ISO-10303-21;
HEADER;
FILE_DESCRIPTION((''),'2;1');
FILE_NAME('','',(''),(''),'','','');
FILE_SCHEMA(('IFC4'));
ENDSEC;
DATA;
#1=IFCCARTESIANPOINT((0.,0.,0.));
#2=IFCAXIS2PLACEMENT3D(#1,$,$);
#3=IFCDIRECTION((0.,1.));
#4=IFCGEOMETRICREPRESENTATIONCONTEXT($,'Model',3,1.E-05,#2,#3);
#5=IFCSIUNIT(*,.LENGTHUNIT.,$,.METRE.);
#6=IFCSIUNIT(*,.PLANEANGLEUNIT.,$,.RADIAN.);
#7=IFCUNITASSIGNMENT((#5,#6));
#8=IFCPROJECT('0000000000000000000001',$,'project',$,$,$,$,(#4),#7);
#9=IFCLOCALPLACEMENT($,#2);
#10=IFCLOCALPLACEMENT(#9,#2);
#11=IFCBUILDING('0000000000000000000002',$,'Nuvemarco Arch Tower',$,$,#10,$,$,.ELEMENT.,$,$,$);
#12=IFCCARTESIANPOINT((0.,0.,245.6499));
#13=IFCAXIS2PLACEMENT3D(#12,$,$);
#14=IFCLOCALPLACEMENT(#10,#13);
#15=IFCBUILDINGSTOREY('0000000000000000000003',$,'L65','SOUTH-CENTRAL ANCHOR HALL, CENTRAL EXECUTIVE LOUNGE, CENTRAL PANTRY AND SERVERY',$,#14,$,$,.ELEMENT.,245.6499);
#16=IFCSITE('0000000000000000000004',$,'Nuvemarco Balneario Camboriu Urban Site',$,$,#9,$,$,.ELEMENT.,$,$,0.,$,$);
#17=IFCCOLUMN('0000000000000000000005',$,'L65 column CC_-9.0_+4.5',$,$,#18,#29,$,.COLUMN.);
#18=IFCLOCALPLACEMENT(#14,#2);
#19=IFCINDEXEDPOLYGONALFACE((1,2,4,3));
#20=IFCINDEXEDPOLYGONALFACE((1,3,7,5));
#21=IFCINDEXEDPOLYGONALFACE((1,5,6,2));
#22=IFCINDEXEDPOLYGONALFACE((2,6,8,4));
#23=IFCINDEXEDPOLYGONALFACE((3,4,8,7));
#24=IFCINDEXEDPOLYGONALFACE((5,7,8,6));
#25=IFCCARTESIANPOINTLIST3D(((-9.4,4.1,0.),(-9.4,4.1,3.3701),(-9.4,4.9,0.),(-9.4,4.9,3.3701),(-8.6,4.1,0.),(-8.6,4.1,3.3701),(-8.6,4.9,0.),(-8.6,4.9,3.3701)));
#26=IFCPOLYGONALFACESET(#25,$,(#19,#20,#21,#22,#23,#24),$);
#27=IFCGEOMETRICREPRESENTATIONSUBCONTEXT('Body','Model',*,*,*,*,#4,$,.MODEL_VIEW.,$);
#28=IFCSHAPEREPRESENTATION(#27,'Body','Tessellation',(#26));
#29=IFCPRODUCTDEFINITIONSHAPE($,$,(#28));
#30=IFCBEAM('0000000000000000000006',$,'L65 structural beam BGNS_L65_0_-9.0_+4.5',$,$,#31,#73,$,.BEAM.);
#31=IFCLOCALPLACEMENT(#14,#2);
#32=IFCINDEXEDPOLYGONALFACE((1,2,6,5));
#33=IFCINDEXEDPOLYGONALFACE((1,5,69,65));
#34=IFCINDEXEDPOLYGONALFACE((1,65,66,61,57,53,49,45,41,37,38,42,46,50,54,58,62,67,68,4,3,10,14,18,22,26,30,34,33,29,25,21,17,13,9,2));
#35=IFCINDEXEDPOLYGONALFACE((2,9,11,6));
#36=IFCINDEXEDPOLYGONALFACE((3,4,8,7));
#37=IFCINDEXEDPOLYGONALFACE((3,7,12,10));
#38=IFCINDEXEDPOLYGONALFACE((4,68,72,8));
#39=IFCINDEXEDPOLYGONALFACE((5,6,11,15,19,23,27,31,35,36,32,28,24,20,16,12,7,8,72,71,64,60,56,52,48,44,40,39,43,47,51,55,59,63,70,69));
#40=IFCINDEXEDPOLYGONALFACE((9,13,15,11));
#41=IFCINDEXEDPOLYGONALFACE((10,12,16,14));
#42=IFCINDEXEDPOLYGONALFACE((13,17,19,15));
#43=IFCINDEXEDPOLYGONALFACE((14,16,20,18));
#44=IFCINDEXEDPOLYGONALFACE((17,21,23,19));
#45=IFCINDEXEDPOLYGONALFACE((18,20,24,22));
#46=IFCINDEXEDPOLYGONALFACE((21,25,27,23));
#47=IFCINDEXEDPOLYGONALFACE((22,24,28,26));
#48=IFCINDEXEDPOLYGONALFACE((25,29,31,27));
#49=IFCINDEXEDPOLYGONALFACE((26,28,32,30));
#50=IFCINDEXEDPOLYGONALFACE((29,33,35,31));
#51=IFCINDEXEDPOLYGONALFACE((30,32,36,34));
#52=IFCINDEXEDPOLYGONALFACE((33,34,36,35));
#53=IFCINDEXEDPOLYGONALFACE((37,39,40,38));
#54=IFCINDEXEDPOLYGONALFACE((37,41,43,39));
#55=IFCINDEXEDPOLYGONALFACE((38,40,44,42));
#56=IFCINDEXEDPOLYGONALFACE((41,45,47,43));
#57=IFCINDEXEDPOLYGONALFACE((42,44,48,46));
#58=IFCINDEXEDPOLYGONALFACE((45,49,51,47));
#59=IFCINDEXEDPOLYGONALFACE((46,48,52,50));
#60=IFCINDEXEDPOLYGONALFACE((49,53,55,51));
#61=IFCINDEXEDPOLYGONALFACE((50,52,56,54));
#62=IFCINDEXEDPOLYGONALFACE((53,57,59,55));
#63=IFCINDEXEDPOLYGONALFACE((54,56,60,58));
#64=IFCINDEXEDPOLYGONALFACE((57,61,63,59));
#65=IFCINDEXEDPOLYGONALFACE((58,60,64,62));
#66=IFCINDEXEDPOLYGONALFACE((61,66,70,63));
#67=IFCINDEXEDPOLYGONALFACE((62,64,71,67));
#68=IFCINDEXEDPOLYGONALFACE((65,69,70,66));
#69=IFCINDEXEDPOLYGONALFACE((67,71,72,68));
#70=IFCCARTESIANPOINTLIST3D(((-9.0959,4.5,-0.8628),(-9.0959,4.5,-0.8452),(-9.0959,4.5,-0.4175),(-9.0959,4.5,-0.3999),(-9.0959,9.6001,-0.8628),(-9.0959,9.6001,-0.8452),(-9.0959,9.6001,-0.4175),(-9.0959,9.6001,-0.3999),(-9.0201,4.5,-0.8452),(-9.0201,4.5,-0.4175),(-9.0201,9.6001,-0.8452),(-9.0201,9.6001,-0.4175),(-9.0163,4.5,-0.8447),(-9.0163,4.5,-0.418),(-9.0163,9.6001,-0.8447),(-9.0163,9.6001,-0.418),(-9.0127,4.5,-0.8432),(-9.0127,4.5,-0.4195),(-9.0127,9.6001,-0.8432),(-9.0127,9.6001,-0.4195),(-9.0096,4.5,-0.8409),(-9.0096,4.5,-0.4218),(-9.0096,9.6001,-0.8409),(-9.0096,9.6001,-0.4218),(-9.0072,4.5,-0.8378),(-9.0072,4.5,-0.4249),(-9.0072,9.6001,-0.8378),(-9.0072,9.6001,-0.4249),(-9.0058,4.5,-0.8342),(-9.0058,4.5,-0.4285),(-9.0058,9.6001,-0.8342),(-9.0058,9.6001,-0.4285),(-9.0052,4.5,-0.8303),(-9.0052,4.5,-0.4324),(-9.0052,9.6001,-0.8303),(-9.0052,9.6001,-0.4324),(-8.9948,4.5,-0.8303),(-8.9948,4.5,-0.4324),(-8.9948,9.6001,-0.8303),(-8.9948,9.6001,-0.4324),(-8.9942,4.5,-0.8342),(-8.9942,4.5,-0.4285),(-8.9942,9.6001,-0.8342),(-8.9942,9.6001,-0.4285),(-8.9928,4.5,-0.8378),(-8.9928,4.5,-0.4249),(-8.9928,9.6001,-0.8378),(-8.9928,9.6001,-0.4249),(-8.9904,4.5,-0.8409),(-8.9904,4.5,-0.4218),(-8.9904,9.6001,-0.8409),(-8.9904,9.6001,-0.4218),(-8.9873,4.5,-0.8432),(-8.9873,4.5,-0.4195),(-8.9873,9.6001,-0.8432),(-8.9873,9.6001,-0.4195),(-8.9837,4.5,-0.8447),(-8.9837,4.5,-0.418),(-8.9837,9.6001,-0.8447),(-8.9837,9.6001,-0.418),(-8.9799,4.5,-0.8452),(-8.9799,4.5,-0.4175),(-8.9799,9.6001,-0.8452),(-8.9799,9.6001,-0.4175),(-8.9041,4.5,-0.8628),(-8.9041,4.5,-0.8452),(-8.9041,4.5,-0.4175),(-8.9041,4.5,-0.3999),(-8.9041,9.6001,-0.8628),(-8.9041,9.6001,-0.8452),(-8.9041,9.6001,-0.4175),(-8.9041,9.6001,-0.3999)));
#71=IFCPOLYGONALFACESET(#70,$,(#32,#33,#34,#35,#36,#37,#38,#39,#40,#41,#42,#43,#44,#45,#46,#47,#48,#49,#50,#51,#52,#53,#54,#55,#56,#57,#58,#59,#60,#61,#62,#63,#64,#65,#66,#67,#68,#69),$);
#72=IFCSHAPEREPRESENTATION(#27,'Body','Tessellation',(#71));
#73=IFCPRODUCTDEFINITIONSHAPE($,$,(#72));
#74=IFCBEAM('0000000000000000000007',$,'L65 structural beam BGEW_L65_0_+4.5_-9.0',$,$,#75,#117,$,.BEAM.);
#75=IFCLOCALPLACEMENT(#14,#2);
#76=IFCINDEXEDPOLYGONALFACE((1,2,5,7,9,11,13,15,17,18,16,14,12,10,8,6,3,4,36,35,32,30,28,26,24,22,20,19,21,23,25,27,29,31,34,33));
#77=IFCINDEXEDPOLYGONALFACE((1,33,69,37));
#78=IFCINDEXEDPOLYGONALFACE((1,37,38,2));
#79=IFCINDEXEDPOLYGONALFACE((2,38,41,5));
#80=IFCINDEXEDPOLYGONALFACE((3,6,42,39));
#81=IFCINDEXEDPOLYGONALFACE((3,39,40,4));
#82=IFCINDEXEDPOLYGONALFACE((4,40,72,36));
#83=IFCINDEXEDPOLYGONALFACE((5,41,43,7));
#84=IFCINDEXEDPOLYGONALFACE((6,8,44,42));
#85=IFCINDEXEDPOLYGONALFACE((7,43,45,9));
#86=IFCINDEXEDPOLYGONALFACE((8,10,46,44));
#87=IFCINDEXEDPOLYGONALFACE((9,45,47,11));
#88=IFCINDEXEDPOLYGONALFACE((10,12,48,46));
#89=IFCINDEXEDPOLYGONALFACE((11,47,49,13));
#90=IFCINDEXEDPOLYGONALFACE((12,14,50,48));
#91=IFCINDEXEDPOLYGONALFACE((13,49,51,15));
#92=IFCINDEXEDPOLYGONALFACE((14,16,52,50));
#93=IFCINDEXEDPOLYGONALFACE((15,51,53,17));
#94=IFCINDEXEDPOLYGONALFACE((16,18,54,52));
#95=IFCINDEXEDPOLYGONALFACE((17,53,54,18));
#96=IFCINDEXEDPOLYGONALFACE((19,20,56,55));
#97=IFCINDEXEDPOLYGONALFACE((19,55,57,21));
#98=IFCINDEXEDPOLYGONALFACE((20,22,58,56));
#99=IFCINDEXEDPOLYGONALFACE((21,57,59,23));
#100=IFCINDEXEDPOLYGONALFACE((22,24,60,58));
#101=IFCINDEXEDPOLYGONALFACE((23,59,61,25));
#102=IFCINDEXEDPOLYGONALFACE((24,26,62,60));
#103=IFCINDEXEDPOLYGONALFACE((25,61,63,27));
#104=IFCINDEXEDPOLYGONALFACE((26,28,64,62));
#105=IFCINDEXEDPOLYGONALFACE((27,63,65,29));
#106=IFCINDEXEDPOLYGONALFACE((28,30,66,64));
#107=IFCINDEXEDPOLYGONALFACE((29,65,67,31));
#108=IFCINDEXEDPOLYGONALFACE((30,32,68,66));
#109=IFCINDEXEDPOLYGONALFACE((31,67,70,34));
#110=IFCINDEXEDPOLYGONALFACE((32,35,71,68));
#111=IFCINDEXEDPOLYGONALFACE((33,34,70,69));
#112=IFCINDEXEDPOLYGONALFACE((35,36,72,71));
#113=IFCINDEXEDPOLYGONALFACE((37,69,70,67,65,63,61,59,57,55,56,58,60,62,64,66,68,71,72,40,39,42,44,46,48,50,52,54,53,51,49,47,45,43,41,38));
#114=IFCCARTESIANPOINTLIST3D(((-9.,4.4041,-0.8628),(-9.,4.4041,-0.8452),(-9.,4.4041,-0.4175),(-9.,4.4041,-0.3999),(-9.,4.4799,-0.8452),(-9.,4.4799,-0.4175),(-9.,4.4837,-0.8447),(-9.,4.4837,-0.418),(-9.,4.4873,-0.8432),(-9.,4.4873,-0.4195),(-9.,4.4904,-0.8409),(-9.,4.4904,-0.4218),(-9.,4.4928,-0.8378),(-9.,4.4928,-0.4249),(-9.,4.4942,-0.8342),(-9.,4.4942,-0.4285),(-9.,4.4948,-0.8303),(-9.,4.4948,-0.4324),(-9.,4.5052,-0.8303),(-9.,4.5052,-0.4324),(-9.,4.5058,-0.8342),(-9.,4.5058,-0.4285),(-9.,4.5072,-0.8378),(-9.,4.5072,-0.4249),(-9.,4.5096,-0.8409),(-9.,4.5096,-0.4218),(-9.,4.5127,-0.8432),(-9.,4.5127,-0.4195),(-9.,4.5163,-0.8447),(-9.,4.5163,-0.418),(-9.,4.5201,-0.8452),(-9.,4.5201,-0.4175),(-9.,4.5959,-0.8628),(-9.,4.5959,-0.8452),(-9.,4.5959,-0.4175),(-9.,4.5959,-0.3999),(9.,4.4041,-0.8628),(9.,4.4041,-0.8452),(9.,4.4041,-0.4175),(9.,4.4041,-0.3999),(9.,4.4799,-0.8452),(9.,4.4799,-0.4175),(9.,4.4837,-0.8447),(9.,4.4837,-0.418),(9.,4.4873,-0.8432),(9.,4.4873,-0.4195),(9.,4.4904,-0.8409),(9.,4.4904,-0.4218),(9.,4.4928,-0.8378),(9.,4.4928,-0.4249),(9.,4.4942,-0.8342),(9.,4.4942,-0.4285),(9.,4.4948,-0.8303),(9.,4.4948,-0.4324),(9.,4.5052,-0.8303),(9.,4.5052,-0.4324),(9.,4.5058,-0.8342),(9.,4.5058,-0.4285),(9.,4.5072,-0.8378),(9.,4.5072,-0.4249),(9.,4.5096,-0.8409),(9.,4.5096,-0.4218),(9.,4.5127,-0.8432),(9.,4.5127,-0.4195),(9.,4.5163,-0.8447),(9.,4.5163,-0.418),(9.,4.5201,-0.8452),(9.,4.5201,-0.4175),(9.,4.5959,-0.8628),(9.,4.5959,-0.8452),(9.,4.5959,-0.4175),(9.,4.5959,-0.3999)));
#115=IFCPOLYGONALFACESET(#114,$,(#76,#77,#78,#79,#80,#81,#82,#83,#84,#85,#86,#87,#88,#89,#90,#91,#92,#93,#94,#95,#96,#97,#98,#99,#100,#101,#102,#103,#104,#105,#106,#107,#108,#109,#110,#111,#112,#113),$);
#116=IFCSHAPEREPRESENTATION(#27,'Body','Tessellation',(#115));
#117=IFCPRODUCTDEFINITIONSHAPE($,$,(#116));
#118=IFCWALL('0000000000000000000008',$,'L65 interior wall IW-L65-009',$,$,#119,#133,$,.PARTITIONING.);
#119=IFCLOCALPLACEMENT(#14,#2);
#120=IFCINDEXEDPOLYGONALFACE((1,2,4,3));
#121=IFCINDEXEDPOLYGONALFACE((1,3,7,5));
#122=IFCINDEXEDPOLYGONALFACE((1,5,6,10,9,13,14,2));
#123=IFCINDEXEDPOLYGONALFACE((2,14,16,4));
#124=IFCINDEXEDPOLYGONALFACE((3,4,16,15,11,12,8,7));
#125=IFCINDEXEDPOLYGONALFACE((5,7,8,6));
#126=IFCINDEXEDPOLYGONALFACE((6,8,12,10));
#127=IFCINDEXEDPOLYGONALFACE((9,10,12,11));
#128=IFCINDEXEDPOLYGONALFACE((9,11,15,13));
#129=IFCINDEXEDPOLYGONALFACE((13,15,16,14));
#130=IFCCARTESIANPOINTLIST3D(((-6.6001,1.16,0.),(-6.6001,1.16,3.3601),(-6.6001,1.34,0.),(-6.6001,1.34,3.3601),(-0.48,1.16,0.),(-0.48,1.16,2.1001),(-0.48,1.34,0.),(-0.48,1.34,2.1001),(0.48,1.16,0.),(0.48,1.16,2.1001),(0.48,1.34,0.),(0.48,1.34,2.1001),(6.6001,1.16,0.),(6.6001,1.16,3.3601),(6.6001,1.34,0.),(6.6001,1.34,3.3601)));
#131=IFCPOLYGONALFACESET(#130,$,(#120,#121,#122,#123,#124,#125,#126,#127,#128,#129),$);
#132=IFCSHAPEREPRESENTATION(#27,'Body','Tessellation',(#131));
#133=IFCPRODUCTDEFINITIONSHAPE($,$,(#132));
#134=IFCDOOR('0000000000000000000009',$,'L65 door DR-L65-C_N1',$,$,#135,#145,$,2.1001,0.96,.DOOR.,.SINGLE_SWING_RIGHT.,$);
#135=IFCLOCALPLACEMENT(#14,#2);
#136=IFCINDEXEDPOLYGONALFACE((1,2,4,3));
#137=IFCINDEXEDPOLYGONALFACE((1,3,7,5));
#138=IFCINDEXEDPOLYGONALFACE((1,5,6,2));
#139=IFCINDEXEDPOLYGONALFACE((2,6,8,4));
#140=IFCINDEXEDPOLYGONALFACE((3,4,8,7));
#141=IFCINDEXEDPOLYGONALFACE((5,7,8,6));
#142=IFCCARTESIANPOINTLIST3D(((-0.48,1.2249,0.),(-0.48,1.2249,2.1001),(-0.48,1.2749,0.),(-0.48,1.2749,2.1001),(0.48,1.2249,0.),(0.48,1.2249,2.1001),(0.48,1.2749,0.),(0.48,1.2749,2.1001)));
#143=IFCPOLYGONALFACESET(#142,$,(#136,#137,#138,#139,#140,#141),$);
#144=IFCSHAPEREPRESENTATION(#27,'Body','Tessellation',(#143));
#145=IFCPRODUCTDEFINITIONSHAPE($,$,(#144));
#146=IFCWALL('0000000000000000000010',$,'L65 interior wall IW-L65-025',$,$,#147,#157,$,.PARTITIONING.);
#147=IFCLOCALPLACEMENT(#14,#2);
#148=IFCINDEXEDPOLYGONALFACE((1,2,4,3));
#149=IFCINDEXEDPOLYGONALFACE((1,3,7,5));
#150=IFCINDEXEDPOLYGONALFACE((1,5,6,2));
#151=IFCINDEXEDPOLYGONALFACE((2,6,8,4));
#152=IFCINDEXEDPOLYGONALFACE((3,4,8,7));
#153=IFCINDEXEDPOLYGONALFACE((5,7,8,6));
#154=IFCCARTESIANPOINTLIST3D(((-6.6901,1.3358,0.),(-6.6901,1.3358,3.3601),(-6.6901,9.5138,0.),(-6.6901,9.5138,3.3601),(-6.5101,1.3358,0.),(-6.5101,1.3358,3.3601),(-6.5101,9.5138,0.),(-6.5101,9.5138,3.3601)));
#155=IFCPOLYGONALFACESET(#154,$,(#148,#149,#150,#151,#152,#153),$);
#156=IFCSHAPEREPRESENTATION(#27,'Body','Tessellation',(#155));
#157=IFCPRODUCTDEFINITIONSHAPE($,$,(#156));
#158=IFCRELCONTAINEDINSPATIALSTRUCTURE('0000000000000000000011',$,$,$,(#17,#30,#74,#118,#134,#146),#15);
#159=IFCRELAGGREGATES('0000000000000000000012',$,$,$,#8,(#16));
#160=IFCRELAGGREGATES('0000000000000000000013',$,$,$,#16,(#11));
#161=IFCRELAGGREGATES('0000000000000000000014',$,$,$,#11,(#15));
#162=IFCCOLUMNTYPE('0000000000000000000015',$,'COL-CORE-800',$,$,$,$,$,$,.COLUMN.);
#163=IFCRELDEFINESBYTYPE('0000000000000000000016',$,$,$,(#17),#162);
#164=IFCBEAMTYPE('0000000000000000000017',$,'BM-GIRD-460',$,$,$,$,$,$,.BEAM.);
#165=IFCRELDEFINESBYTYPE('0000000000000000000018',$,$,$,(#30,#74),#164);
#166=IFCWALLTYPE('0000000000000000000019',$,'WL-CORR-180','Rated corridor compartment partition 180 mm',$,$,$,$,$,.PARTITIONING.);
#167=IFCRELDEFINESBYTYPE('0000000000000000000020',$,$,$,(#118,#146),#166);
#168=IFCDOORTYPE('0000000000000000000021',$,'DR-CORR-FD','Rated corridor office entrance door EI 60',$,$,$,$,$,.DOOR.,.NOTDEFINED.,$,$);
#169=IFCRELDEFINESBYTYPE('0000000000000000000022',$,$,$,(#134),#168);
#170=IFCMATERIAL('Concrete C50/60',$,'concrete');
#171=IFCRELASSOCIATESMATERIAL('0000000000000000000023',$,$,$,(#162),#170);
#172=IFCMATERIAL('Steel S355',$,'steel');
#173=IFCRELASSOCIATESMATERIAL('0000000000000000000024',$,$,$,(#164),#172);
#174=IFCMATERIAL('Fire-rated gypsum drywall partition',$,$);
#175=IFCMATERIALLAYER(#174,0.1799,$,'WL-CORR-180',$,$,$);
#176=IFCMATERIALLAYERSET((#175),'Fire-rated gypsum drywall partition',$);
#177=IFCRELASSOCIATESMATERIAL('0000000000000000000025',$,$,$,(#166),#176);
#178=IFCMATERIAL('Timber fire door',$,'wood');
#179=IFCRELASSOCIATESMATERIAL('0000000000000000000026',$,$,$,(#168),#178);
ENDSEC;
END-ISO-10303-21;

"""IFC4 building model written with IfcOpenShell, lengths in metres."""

from ifc_helpers import new_model, si_unit, direction, frame, frame_2d, origin, origin_2d, place, context, subcontext, project, spatial, rectangle, i_section, extrude, source, transform, mapped, material, layer, layer_set, material_profile, profile_set, type_object, type_shapes, element, fill, save


model = new_model("IFC4")

# Units and contexts
model_context = context("Model", 3, precision=1e-05, world=origin(), true_north=direction((0.0, 1.0)))
body_context = subcontext(model_context, "Body", "Model", "MODEL_VIEW")
ifc_project = project(units=[si_unit("LENGTHUNIT", "METRE"), si_unit("PLANEANGLEUNIT", "RADIAN")], contexts=[model_context])

# Site, building, storey
site_placement = place(None, origin())
site = spatial("IfcSite", under=ifc_project, at=site_placement, Name="Nuvemarco Balneario Camboriu Urban Site", CompositionType="ELEMENT", RefElevation=0.0)
building_placement = place(site_placement, origin())
building = spatial("IfcBuilding", under=site, at=building_placement, Name="Nuvemarco Arch Tower", CompositionType="ELEMENT")
storey_placement = place(building_placement, frame((0.0, 0.0, 245.6499)))
storey = spatial("IfcBuildingStorey", under=building, at=storey_placement, Name="L65", Description="SOUTH-CENTRAL ANCHOR HALL, CENTRAL EXECUTIVE LOUNGE, CENTRAL PANTRY AND SERVERY", CompositionType="ELEMENT", Elevation=245.6499)

# Column
ifc_material_1 = material(Name="Concrete C50/60", Category="concrete")
ifc_material_profile_1 = material_profile(ifc_material_1, rectangle(XDim=0.8, YDim=0.8, at=origin_2d()), Name="RC-COL-800x800")
ifc_profile_set_1 = profile_set([ifc_material_profile_1], Name="Concrete C50/60")
column_type = type_object("IfcColumnType", Name="COL-CORE-800", PredefinedType="COLUMN", material=ifc_profile_set_1)
column_placement = place(storey_placement, frame((-9.0, 4.5, 0.0), z_axis=(0.0, 0.0, 1.0), x_axis=(1.0, 0.0, 0.0)))
element("IfcColumn", 1, at=column_placement, inside=storey, type_object=column_type, Name="L65 column CC_-9.0_+4.5", PredefinedType="COLUMN", context=body_context, shape_type="SweptSolid", body=[
    extrude(rectangle(XDim=0.8, YDim=0.8, at=origin_2d()), origin(), (0.0, 0.0, 1.0), 3.3701),
])

# Beams
ifc_material_2 = material(Name="Steel S355", Category="steel")
ifc_material_profile_2 = material_profile(ifc_material_2, i_section(OverallWidth=0.1919, OverallDepth=0.4629, WebThickness=0.0105, FlangeThickness=0.0176, FilletRadius=0.0149, at=origin_2d()), Name="W460x89")
ifc_profile_set_2 = profile_set([ifc_material_profile_2], Name="Steel S355")
beam_type = type_object("IfcBeamType", Name="BM-GIRD-460", PredefinedType="BEAM", material=ifc_profile_set_2)
beam_1_placement = place(storey_placement, frame((-9.0, 4.5, -0.6313), z_axis=(0.0, 1.0, 0.0), x_axis=(-1.0, 0.0, 0.0)))
element("IfcBeam", 2, at=beam_1_placement, inside=storey, type_object=beam_type, Name="L65 structural beam BGNS_L65_0_-9.0_+4.5", PredefinedType="BEAM", context=body_context, shape_type="SweptSolid", body=[
    extrude(i_section(OverallWidth=0.1919, OverallDepth=0.4629, WebThickness=0.0105, FlangeThickness=0.0176, FilletRadius=0.0149, at=origin_2d()), origin(), (0.0, 0.0, 1.0), 5.1001),
])
beam_2_placement = place(storey_placement, frame((-9.0, 4.5, -0.6313), z_axis=(1.0, 0.0, 0.0), x_axis=(0.0, 1.0, 0.0)))
element("IfcBeam", 3, at=beam_2_placement, inside=storey, type_object=beam_type, Name="L65 structural beam BGEW_L65_0_+4.5_-9.0", PredefinedType="BEAM", context=body_context, shape_type="SweptSolid", body=[
    extrude(i_section(OverallWidth=0.1919, OverallDepth=0.4629, WebThickness=0.0105, FlangeThickness=0.0176, FilletRadius=0.0149, at=origin_2d()), origin(), (0.0, 0.0, 1.0), 18.0),
])

# Wall, opening, door
ifc_material_3 = material(Name="Fire-rated gypsum drywall partition")
ifc_layer_1 = layer(ifc_material_3, 0.1799, Name="WL-CORR-180")
ifc_layer_set_1 = layer_set([ifc_layer_1], Name="Fire-rated gypsum drywall partition")
wall_type_1 = type_object("IfcWallType", Name="WL-CORR-180", Description="Rated corridor compartment partition 180 mm", PredefinedType="PARTITIONING", material=ifc_layer_set_1)
wall_1_placement = place(storey_placement, frame((-6.6001, 1.25, 0.0), z_axis=(0.0, 0.0, 1.0), x_axis=(1.0, 0.0, 0.0)))
wall_1 = element("IfcWall", 4, at=wall_1_placement, inside=storey, type_object=wall_type_1, Name="L65 interior wall IW-L65-009", PredefinedType="PARTITIONING", context=body_context, shape_type="SweptSolid", body=[
    extrude(rectangle(XDim=13.2002, YDim=0.1799, at=frame_2d((6.6001, 0.0))), origin(), (0.0, 0.0, 1.0), 3.3601),
])
opening_1_placement = place(wall_1_placement, frame((6.1201, 0.0, 0.0)))
opening_1 = element("IfcOpeningElement", 5, at=opening_1_placement, cuts=wall_1, PredefinedType="OPENING", context=body_context, shape_type="SweptSolid", body=[
    extrude(rectangle(XDim=0.96, YDim=2.1001, at=frame_2d((0.48, 1.05))), frame((0.0, 0.0999, 0.0), z_axis=(0.0, -1.0, 0.0), x_axis=(1.0, 0.0, 0.0)), (0.0, 0.0, 1.0), 0.2),
])
ifc_material_4 = material(Name="Timber fire door", Category="wood")
door_type_1 = type_object("IfcDoorType", Name="DR-CORR-FD", Description="Rated corridor office entrance door EI 60", OperationType="NOTDEFINED", PredefinedType="DOOR", material=ifc_material_4)
shared_shape_1 = source(origin(), body_context, "Body", "SweptSolid", [
    extrude(rectangle(XDim=0.96, YDim=2.1001, at=frame_2d((0.48, 1.05))), frame((0.0, 0.0249, 0.0), z_axis=(0.0, -1.0, 0.0), x_axis=(1.0, 0.0, 0.0)), (0.0, 0.0, 1.0), 0.05),
])
type_shapes(door_type_1, [shared_shape_1])
door_1_placement = place(opening_1_placement, origin())
door_1 = element("IfcDoor", 6, at=door_1_placement, inside=storey, type_object=door_type_1, Name="L65 door DR-L65-C_N1", OperationType="SINGLE_SWING_RIGHT", OverallHeight=2.1001, OverallWidth=0.96, PredefinedType="DOOR", context=body_context, shape_type="MappedRepresentation", body=[
    mapped(shared_shape_1, transform((0.0, 0.0, 0.0), scale=1.0)),
])
fill(opening_1, door_1)

# Wall
wall_2_placement = place(storey_placement, frame((-6.6001, 1.3359, 0.0), z_axis=(0.0, 0.0, 1.0), x_axis=(0.0, 1.0, 0.0)))
element("IfcWall", 7, at=wall_2_placement, inside=storey, type_object=wall_type_1, Name="L65 interior wall IW-L65-025", PredefinedType="PARTITIONING", context=body_context, shape_type="SweptSolid", body=[
    extrude(rectangle(XDim=8.178, YDim=0.1799, at=frame_2d((4.0889, 0.0))), origin(), (0.0, 0.0, 1.0), 3.3601),
])

save(model, "model.ifc")
